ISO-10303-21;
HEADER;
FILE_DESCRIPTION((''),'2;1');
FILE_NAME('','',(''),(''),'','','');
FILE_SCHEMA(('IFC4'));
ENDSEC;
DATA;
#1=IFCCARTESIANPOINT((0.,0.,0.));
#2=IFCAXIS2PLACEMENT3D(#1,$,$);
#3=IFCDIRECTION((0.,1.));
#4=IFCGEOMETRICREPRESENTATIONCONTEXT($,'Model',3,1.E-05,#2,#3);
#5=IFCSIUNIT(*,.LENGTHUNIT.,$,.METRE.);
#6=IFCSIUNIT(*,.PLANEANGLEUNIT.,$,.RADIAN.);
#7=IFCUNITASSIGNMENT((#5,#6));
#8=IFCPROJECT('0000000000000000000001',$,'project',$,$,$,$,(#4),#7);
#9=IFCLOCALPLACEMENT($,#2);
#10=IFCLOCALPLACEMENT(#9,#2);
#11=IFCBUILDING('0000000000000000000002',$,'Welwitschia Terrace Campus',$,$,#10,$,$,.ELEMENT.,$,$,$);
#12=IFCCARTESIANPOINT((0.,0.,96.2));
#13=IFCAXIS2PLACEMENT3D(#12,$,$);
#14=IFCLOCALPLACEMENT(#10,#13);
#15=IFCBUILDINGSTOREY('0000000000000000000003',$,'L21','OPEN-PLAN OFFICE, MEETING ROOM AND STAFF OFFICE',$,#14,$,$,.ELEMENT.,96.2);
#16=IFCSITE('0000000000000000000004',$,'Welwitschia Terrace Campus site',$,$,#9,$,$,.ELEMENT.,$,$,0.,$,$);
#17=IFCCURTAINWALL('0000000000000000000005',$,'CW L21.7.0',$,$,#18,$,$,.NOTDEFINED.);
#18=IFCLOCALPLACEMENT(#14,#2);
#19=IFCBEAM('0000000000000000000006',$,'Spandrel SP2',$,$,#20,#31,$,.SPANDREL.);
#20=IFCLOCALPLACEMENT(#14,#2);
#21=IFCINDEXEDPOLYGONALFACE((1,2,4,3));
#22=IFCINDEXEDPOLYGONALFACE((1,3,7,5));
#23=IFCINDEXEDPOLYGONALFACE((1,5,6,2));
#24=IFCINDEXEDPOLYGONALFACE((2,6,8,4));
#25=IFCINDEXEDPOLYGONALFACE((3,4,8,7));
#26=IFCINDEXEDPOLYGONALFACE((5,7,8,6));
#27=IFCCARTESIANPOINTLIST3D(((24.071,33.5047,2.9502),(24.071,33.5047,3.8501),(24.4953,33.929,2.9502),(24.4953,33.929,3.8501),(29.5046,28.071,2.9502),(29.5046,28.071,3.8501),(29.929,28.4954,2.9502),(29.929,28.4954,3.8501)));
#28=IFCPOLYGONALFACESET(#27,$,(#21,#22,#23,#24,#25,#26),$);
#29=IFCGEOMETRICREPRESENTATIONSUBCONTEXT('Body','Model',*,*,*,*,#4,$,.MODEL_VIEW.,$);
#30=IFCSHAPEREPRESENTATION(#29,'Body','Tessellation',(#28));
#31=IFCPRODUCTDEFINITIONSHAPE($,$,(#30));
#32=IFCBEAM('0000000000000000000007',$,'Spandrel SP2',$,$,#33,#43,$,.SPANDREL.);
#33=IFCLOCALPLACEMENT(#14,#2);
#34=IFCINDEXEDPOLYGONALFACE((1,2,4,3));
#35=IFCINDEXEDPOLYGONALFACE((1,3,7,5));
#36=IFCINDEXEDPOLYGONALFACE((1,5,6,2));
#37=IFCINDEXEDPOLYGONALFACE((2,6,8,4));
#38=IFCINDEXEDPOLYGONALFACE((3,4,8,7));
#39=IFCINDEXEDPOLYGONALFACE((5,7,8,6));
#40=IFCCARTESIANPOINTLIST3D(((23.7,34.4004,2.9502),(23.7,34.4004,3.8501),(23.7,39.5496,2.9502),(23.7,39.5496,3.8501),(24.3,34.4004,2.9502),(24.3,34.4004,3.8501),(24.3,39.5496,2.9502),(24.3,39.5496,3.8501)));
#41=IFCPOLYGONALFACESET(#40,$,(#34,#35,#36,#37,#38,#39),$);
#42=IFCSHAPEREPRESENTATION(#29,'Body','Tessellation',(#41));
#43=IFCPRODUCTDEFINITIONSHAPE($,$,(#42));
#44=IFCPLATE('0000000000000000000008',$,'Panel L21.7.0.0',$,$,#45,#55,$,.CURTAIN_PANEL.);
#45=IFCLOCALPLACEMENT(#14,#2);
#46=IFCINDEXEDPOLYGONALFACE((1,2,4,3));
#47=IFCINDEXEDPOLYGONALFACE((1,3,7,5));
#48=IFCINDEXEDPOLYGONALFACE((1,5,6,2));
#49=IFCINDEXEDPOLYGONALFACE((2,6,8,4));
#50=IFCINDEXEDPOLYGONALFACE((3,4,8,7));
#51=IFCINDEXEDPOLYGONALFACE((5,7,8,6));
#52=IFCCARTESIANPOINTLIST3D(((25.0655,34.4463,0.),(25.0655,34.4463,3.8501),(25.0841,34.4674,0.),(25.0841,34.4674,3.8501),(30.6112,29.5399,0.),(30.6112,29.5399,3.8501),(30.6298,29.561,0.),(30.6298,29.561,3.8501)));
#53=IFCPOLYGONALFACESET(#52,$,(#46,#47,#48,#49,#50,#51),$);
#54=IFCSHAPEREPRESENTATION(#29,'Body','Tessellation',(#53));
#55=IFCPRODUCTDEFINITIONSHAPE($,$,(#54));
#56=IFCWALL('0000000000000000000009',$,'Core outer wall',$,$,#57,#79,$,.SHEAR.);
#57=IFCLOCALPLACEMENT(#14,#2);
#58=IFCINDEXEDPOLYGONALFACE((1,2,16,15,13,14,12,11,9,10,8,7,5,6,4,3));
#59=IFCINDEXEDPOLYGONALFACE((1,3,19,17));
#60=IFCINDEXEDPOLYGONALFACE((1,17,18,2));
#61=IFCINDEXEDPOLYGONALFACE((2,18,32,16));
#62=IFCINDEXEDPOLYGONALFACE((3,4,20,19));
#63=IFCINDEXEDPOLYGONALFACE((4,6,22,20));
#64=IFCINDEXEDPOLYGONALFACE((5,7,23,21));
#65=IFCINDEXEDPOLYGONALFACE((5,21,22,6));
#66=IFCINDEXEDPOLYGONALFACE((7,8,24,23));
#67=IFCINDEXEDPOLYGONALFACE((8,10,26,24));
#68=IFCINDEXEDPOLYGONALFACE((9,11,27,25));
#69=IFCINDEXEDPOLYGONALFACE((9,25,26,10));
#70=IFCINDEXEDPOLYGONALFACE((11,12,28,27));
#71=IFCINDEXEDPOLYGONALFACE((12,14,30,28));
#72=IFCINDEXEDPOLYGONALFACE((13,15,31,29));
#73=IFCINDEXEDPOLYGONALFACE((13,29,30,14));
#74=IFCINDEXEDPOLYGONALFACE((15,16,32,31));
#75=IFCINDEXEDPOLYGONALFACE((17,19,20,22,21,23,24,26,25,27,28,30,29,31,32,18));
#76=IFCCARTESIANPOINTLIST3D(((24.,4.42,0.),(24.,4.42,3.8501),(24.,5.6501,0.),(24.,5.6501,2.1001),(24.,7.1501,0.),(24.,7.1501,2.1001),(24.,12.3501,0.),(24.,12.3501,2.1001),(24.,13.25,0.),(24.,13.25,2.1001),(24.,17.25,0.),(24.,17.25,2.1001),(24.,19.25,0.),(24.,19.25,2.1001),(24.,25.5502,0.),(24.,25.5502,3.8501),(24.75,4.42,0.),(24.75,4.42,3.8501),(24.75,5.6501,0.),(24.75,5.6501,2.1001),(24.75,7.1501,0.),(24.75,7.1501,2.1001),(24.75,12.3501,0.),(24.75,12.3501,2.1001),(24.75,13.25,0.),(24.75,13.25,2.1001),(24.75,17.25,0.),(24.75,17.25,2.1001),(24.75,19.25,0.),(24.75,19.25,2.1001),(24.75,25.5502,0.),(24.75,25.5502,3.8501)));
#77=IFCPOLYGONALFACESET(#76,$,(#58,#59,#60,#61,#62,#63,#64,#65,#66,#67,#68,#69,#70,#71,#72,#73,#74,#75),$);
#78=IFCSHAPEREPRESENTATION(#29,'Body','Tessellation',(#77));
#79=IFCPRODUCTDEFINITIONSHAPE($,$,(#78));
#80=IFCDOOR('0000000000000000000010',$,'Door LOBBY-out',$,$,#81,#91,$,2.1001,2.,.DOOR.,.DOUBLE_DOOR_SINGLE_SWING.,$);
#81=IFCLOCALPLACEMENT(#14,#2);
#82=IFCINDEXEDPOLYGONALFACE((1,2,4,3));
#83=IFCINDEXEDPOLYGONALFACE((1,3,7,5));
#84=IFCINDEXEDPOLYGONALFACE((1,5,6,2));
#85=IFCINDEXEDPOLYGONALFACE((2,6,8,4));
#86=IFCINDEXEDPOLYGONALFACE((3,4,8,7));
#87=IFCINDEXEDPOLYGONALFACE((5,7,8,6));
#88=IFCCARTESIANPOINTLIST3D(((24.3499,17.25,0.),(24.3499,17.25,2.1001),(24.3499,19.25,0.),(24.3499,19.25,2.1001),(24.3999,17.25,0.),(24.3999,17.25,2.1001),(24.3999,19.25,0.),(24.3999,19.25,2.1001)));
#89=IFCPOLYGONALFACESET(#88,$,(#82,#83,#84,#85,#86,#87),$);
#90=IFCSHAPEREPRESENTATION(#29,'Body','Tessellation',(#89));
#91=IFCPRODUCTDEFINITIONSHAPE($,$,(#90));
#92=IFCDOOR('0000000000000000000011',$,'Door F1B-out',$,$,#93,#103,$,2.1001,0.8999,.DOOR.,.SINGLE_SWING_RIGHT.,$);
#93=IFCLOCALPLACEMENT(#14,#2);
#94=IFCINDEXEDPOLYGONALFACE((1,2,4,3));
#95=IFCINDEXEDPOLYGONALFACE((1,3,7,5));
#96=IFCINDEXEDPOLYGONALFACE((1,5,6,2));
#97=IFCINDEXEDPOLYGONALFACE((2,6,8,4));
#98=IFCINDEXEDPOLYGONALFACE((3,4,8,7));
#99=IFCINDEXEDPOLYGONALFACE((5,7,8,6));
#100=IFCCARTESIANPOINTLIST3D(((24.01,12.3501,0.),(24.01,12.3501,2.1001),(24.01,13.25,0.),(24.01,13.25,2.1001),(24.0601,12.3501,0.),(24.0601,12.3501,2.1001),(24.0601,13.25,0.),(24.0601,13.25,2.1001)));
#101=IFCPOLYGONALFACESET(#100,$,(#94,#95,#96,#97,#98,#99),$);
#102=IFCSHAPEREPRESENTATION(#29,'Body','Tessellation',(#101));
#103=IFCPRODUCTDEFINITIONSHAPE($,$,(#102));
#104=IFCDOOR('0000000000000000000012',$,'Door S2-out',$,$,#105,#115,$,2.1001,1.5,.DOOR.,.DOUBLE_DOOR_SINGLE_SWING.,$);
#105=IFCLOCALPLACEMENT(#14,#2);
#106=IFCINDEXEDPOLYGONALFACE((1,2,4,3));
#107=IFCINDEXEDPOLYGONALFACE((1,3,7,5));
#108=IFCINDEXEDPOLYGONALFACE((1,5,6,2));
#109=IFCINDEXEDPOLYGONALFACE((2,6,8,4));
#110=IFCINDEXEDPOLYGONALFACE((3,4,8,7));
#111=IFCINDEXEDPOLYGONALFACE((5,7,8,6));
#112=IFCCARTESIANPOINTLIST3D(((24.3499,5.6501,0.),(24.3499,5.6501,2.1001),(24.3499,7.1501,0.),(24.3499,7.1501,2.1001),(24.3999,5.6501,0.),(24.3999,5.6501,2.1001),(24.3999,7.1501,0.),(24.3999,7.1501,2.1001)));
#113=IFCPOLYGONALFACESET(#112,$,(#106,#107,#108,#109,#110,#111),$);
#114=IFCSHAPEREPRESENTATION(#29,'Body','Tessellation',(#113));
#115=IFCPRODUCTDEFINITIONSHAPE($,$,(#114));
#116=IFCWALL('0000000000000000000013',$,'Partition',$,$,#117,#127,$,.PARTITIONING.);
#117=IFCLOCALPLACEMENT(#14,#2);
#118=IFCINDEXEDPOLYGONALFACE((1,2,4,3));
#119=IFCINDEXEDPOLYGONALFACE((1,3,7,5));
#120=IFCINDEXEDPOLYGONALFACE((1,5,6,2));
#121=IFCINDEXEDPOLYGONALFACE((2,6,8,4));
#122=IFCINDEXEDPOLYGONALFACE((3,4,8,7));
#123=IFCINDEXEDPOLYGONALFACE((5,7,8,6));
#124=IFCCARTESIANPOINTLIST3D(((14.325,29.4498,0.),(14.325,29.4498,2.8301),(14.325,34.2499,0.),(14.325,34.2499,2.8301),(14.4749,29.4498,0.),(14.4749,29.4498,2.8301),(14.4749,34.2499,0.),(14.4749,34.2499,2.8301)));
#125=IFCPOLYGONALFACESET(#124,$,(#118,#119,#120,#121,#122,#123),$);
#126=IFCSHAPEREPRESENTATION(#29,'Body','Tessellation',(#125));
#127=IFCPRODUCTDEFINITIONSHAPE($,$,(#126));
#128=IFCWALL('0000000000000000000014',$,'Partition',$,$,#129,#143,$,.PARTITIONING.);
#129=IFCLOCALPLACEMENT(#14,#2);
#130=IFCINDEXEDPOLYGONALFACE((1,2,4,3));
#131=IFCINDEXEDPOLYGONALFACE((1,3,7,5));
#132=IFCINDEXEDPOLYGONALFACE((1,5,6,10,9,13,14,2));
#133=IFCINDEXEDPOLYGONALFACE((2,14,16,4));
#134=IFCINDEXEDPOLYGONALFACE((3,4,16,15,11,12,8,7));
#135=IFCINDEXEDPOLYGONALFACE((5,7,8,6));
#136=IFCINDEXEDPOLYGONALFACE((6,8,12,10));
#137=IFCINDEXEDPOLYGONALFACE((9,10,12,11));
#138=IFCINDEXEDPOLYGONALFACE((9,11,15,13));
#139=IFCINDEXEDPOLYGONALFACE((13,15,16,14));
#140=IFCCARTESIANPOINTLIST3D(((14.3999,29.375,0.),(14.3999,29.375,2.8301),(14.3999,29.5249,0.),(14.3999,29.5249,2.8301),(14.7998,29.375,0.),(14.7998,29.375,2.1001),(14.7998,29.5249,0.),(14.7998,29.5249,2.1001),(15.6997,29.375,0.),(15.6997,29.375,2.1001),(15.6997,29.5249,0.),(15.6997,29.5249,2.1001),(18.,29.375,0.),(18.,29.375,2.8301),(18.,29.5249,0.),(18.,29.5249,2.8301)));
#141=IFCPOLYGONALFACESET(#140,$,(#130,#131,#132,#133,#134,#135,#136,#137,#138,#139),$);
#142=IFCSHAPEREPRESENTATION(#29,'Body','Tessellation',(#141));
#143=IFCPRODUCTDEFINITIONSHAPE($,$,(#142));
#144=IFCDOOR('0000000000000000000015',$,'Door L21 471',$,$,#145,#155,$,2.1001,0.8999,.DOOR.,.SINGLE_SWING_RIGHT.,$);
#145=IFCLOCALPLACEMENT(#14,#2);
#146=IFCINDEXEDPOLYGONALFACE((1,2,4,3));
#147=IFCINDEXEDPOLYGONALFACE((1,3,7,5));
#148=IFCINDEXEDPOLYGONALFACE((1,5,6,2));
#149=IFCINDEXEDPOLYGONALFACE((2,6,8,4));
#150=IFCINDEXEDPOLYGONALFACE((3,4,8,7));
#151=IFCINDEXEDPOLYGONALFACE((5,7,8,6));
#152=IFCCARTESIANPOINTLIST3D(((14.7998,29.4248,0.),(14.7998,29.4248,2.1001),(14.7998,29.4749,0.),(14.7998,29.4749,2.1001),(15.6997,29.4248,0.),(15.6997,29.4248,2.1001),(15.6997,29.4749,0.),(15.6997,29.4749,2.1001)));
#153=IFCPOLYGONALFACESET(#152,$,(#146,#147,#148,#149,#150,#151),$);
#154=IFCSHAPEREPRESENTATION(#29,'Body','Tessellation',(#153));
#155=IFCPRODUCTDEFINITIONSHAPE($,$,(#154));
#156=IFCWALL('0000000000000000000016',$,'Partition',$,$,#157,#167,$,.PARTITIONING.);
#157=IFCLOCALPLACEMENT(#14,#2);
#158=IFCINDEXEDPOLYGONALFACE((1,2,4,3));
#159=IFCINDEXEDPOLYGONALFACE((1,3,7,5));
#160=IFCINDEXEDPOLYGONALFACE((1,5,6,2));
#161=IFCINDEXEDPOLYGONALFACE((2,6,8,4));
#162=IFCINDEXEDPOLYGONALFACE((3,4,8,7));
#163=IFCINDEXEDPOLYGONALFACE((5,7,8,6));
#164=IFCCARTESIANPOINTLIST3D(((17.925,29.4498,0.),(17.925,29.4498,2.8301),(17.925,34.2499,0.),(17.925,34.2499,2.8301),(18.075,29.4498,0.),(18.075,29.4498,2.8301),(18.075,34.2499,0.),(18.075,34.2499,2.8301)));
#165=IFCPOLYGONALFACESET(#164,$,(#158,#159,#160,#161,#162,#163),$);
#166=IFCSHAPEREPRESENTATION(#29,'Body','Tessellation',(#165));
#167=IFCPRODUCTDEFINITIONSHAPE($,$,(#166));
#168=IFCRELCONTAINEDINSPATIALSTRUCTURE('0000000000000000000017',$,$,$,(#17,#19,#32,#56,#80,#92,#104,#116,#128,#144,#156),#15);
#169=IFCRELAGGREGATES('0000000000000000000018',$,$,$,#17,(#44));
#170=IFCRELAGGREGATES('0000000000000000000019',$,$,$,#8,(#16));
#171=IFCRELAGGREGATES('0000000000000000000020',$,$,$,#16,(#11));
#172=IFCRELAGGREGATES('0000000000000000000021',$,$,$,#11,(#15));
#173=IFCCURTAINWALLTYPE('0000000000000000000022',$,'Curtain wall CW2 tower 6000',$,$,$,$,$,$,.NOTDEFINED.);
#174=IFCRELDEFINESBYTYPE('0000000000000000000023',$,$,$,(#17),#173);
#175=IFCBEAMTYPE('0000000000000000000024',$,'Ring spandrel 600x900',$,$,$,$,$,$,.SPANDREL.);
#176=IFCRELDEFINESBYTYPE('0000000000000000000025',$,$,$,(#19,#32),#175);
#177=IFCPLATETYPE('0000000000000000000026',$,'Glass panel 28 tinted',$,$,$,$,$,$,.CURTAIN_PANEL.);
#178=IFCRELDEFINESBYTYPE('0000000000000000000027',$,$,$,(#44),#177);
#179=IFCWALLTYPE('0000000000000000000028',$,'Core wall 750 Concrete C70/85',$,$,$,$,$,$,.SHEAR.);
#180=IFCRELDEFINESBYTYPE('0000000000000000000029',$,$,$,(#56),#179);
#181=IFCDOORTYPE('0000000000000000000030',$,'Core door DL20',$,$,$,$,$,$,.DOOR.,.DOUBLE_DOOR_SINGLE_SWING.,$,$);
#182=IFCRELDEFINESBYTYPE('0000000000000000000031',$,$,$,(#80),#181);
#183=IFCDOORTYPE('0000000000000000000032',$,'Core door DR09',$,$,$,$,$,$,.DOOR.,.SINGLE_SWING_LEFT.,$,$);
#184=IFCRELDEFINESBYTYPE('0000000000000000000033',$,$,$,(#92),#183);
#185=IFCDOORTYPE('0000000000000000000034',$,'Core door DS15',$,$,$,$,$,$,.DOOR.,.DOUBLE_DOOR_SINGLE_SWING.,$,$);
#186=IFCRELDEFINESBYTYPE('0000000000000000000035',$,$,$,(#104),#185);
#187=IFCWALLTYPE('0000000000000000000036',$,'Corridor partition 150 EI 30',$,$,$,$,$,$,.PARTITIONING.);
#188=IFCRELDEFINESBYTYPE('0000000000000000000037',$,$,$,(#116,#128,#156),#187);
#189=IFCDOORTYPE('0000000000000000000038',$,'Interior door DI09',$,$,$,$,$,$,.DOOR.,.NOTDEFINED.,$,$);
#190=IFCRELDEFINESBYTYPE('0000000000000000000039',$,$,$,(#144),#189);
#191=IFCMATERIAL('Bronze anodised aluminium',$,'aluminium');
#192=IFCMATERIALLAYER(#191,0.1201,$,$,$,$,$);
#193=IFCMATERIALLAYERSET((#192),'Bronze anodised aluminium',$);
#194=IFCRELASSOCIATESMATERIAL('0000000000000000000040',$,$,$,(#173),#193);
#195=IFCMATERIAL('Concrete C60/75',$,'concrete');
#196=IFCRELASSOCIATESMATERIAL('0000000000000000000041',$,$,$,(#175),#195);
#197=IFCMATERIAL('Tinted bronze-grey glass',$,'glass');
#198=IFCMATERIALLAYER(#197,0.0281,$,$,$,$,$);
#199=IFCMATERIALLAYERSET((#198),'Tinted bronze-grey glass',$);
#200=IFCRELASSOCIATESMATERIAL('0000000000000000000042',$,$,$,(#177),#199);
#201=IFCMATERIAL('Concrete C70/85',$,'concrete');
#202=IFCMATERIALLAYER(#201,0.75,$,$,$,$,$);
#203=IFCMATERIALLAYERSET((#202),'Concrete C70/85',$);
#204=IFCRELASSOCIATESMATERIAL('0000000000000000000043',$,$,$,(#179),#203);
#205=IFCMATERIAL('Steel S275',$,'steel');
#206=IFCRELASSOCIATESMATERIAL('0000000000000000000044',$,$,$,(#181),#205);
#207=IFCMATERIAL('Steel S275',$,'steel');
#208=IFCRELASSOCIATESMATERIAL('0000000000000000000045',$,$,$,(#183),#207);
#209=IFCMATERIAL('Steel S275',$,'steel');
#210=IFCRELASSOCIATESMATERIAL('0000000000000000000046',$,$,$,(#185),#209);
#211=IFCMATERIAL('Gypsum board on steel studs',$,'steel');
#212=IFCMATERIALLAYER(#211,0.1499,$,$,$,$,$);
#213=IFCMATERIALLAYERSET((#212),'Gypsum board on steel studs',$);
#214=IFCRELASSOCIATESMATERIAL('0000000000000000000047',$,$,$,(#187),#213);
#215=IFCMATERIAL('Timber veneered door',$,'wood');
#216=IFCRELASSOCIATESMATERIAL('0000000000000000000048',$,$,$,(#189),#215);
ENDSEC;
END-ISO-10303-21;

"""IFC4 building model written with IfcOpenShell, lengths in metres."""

from ifc_helpers import new_model, si_unit, direction, frame, frame_2d, origin, origin_2d, place, context, subcontext, project, spatial, rectangle, extrude, material, layer, layer_set, material_profile, profile_set, type_object, element, fill, aggregate, save


model = new_model("IFC4")

# Units and contexts
model_context = context("Model", 3, precision=1e-05, world=origin(), true_north=direction((0.0, 1.0)))
body_context = subcontext(model_context, "Body", "Model", "MODEL_VIEW")
ifc_project = project(units=[si_unit("LENGTHUNIT", "METRE"), si_unit("PLANEANGLEUNIT", "RADIAN")], contexts=[model_context])

# Site, building, storey
site_placement = place(None, origin())
site = spatial("IfcSite", under=ifc_project, at=site_placement, Name="Welwitschia Terrace Campus site", CompositionType="ELEMENT", RefElevation=0.0)
building_placement = place(site_placement, origin())
building = spatial("IfcBuilding", under=site, at=building_placement, Name="Welwitschia Terrace Campus", CompositionType="ELEMENT")
storey_placement = place(building_placement, frame((0.0, 0.0, 96.2)))
storey = spatial("IfcBuildingStorey", under=building, at=storey_placement, Name="L21", Description="OPEN-PLAN OFFICE, MEETING ROOM AND STAFF OFFICE", CompositionType="ELEMENT", Elevation=96.2)

# Curtain wall
ifc_material_1 = material(Name="Bronze anodised aluminium", Category="aluminium")
ifc_layer_1 = layer(ifc_material_1, 0.1201)
ifc_layer_set_1 = layer_set([ifc_layer_1], Name="Bronze anodised aluminium")
curtain_wall_type = type_object("IfcCurtainWallType", Name="Curtain wall CW2 tower 6000", PredefinedType="NOTDEFINED", material=ifc_layer_set_1)
curtain_wall_1_placement = place(storey_placement, origin())
curtain_wall_1 = element("IfcCurtainWall", 1, at=curtain_wall_1_placement, inside=storey, type_object=curtain_wall_type, Name="CW L21.7.0", PredefinedType="NOTDEFINED")

# Beams
ifc_material_2 = material(Name="Concrete C60/75", Category="concrete")
ifc_material_profile_1 = material_profile(ifc_material_2, rectangle(XDim=0.6001, YDim=0.8999, at=origin_2d()))
ifc_profile_set_1 = profile_set([ifc_material_profile_1], Name="Concrete C60/75")
beam_type_1 = type_object("IfcBeamType", Name="Ring spandrel 600x900", PredefinedType="SPANDREL", material=ifc_profile_set_1)
beam_1_placement = place(storey_placement, frame((29.7168, 28.2832, 3.4001), z_axis=(-0.707107, 0.707107, 0.0), x_axis=(-0.707107, -0.707107, 0.0)))
element("IfcBeam", 2, at=beam_1_placement, inside=storey, type_object=beam_type_1, Name="Spandrel SP2", PredefinedType="SPANDREL", context=body_context, shape_type="SweptSolid", body=[
    extrude(rectangle(XDim=0.6001, YDim=0.8999, at=origin_2d()), origin(), (0.0, 0.0, 1.0), 7.6843),
])
beam_2_placement = place(storey_placement, frame((24.0, 34.4004, 3.4001), z_axis=(0.0, 1.0, 0.0), x_axis=(-1.0, 0.0, 0.0)))
element("IfcBeam", 3, at=beam_2_placement, inside=storey, type_object=beam_type_1, Name="Spandrel SP2", PredefinedType="SPANDREL", context=body_context, shape_type="SweptSolid", body=[
    extrude(rectangle(XDim=0.6001, YDim=0.8999, at=origin_2d()), origin(), (0.0, 0.0, 1.0), 5.1492),
])

# Plate
ifc_material_3 = material(Name="Tinted bronze-grey glass", Category="glass")
ifc_layer_2 = layer(ifc_material_3, 0.0281)
ifc_layer_set_2 = layer_set([ifc_layer_2], Name="Tinted bronze-grey glass")
plate_type = type_object("IfcPlateType", Name="Glass panel 28 tinted", PredefinedType="CURTAIN_PANEL", material=ifc_layer_set_2)
plate_placement = place(storey_placement, frame((27.8477, 32.0037, 0.0), z_axis=(0.0, 0.0, 1.0), x_axis=(-0.748956, 0.66262, 0.0)))
plate = element("IfcPlate", 4, at=plate_placement, type_object=plate_type, Name="Panel L21.7.0.0", PredefinedType="CURTAIN_PANEL", context=body_context, shape_type="SweptSolid", body=[
    extrude(rectangle(XDim=7.4045, YDim=0.0281, at=origin_2d()), origin(), (0.0, 0.0, 1.0), 3.8501),
])
aggregate(curtain_wall_1, [plate])

# Wall, openings, doors
ifc_material_4 = material(Name="Concrete C70/85", Category="concrete")
ifc_layer_3 = layer(ifc_material_4, 0.75)
ifc_layer_set_3 = layer_set([ifc_layer_3], Name="Concrete C70/85")
wall_type_1 = type_object("IfcWallType", Name="Core wall 750 Concrete C70/85", PredefinedType="SHEAR", material=ifc_layer_set_3)
wall_1_placement = place(storey_placement, frame((24.375, 25.55, 0.0), z_axis=(0.0, 0.0, 1.0), x_axis=(0.0, -1.0, 0.0)))
wall_1 = element("IfcWall", 5, at=wall_1_placement, inside=storey, type_object=wall_type_1, Name="Core outer wall", PredefinedType="SHEAR", context=body_context, shape_type="SweptSolid", body=[
    extrude(rectangle(XDim=21.1301, YDim=0.75, at=frame_2d((10.5649, 0.0))), origin(), (0.0, 0.0, 1.0), 3.8501),
])
opening_1_placement = place(wall_1_placement, frame((18.3999, 0.0, 0.0)))
opening_1 = element("IfcOpeningElement", 6, at=opening_1_placement, cuts=wall_1, PredefinedType="OPENING", context=body_context, shape_type="SweptSolid", body=[
    extrude(rectangle(XDim=1.5, YDim=2.1001, at=frame_2d((0.75, 1.05))), frame((0.0, 0.385, 0.0), z_axis=(0.0, -1.0, 0.0), x_axis=(1.0, 0.0, 0.0)), (0.0, 0.0, 1.0), 0.77),
])
opening_2_placement = place(wall_1_placement, frame((12.3, 0.0, 0.0)))
opening_2 = element("IfcOpeningElement", 7, at=opening_2_placement, cuts=wall_1, PredefinedType="OPENING", context=body_context, shape_type="SweptSolid", body=[
    extrude(rectangle(XDim=0.8999, YDim=2.1001, at=frame_2d((0.45, 1.05))), frame((0.0, 0.385, 0.0), z_axis=(0.0, -1.0, 0.0), x_axis=(1.0, 0.0, 0.0)), (0.0, 0.0, 1.0), 0.77),
])
opening_3_placement = place(wall_1_placement, frame((6.3, 0.0, 0.0)))
opening_3 = element("IfcOpeningElement", 8, at=opening_3_placement, cuts=wall_1, PredefinedType="OPENING", context=body_context, shape_type="SweptSolid", body=[
    extrude(rectangle(XDim=2.0, YDim=2.1001, at=frame_2d((1.0, 1.05))), frame((0.0, 0.385, 0.0), z_axis=(0.0, -1.0, 0.0), x_axis=(1.0, 0.0, 0.0)), (0.0, 0.0, 1.0), 0.77),
])
ifc_material_5 = material(Name="Steel S275", Category="steel")
door_type_1 = type_object("IfcDoorType", Name="Core door DL20", OperationType="DOUBLE_DOOR_SINGLE_SWING", PredefinedType="DOOR", material=ifc_material_5)
door_1_placement = place(opening_3_placement, origin())
door_1 = element("IfcDoor", 9, at=door_1_placement, inside=storey, type_object=door_type_1, Name="Door LOBBY-out", OperationType="DOUBLE_DOOR_SINGLE_SWING", OverallHeight=2.1001, OverallWidth=2.0, PredefinedType="DOOR", context=body_context, shape_type="SweptSolid", body=[
    extrude(rectangle(XDim=2.0, YDim=2.1001, at=frame_2d((1.0, 1.05))), frame((0.0, 0.0249, 0.0), z_axis=(0.0, -1.0, 0.0), x_axis=(1.0, 0.0, 0.0)), (0.0, 0.0, 1.0), 0.05),
])
fill(opening_3, door_1)
ifc_material_6 = material(Name="Steel S275", Category="steel")
door_type_2 = type_object("IfcDoorType", Name="Core door DR09", OperationType="SINGLE_SWING_LEFT", PredefinedType="DOOR", material=ifc_material_6)
door_2_placement = place(opening_2_placement, origin())
door_2 = element("IfcDoor", 10, at=door_2_placement, inside=storey, type_object=door_type_2, Name="Door F1B-out", OperationType="SINGLE_SWING_RIGHT", OverallHeight=2.1001, OverallWidth=0.8999, PredefinedType="DOOR", context=body_context, shape_type="SweptSolid", body=[
    extrude(rectangle(XDim=0.8999, YDim=2.1001, at=frame_2d((0.45, 1.05))), frame((0.0, -0.3149, 0.0), z_axis=(0.0, -1.0, 0.0), x_axis=(1.0, 0.0, 0.0)), (0.0, 0.0, 1.0), 0.05),
])
fill(opening_2, door_2)
ifc_material_7 = material(Name="Steel S275", Category="steel")
door_type_3 = type_object("IfcDoorType", Name="Core door DS15", OperationType="DOUBLE_DOOR_SINGLE_SWING", PredefinedType="DOOR", material=ifc_material_7)
door_3_placement = place(opening_1_placement, origin())
door_3 = element("IfcDoor", 11, at=door_3_placement, inside=storey, type_object=door_type_3, Name="Door S2-out", OperationType="DOUBLE_DOOR_SINGLE_SWING", OverallHeight=2.1001, OverallWidth=1.5, PredefinedType="DOOR", context=body_context, shape_type="SweptSolid", body=[
    extrude(rectangle(XDim=1.5, YDim=2.1001, at=frame_2d((0.75, 1.05))), frame((0.0, 0.0249, 0.0), z_axis=(0.0, -1.0, 0.0), x_axis=(1.0, 0.0, 0.0)), (0.0, 0.0, 1.0), 0.05),
])
fill(opening_1, door_3)

# Wall
ifc_material_8 = material(Name="Gypsum board on steel studs", Category="steel")
ifc_layer_4 = layer(ifc_material_8, 0.1499)
ifc_layer_set_4 = layer_set([ifc_layer_4], Name="Gypsum board on steel studs")
wall_type_2 = type_object("IfcWallType", Name="Corridor partition 150 EI 30", PredefinedType="PARTITIONING", material=ifc_layer_set_4)
wall_2_placement = place(storey_placement, frame((14.3999, 29.45, 0.0), z_axis=(0.0, 0.0, 1.0), x_axis=(0.0, 1.0, 0.0)))
element("IfcWall", 12, at=wall_2_placement, inside=storey, type_object=wall_type_2, Name="Partition", PredefinedType="PARTITIONING", context=body_context, shape_type="SweptSolid", body=[
    extrude(rectangle(XDim=4.8, YDim=0.1499, at=frame_2d((2.3999, 0.0))), origin(), (0.0, 0.0, 1.0), 2.8301),
])

# Wall, opening, door
wall_3_placement = place(storey_placement, frame((14.3999, 29.45, 0.0), z_axis=(0.0, 0.0, 1.0), x_axis=(1.0, 0.0, 0.0)))
wall_3 = element("IfcWall", 13, at=wall_3_placement, inside=storey, type_object=wall_type_2, Name="Partition", PredefinedType="PARTITIONING", context=body_context, shape_type="SweptSolid", body=[
    extrude(rectangle(XDim=3.6001, YDim=0.1499, at=frame_2d((1.8, 0.0))), origin(), (0.0, 0.0, 1.0), 2.8301),
])
opening_4_placement = place(wall_3_placement, frame((0.3999, 0.0, 0.0)))
opening_4 = element("IfcOpeningElement", 14, at=opening_4_placement, cuts=wall_3, PredefinedType="OPENING", context=body_context, shape_type="SweptSolid", body=[
    extrude(rectangle(XDim=0.8999, YDim=2.1001, at=frame_2d((0.45, 1.05))), frame((0.0, 0.085, 0.0), z_axis=(0.0, -1.0, 0.0), x_axis=(1.0, 0.0, 0.0)), (0.0, 0.0, 1.0), 0.1699),
])
ifc_material_9 = material(Name="Timber veneered door", Category="wood")
door_type_4 = type_object("IfcDoorType", Name="Interior door DI09", OperationType="NOTDEFINED", PredefinedType="DOOR", material=ifc_material_9)
door_4_placement = place(opening_4_placement, origin())
door_4 = element("IfcDoor", 15, at=door_4_placement, inside=storey, type_object=door_type_4, Name="Door L21 471", OperationType="SINGLE_SWING_RIGHT", OverallHeight=2.1001, OverallWidth=0.8999, PredefinedType="DOOR", context=body_context, shape_type="SweptSolid", body=[
    extrude(rectangle(XDim=0.8999, YDim=2.1001, at=frame_2d((0.45, 1.05))), frame((0.0, 0.0249, 0.0), z_axis=(0.0, -1.0, 0.0), x_axis=(1.0, 0.0, 0.0)), (0.0, 0.0, 1.0), 0.05),
])
fill(opening_4, door_4)

# Wall
wall_4_placement = place(storey_placement, frame((18.0, 29.45, 0.0), z_axis=(0.0, 0.0, 1.0), x_axis=(0.0, 1.0, 0.0)))
element("IfcWall", 16, at=wall_4_placement, inside=storey, type_object=wall_type_2, Name="Partition", PredefinedType="PARTITIONING", context=body_context, shape_type="SweptSolid", body=[
    extrude(rectangle(XDim=4.8, YDim=0.1499, at=frame_2d((2.3999, 0.0))), origin(), (0.0, 0.0, 1.0), 2.8301),
])

save(model, "model.ifc")
